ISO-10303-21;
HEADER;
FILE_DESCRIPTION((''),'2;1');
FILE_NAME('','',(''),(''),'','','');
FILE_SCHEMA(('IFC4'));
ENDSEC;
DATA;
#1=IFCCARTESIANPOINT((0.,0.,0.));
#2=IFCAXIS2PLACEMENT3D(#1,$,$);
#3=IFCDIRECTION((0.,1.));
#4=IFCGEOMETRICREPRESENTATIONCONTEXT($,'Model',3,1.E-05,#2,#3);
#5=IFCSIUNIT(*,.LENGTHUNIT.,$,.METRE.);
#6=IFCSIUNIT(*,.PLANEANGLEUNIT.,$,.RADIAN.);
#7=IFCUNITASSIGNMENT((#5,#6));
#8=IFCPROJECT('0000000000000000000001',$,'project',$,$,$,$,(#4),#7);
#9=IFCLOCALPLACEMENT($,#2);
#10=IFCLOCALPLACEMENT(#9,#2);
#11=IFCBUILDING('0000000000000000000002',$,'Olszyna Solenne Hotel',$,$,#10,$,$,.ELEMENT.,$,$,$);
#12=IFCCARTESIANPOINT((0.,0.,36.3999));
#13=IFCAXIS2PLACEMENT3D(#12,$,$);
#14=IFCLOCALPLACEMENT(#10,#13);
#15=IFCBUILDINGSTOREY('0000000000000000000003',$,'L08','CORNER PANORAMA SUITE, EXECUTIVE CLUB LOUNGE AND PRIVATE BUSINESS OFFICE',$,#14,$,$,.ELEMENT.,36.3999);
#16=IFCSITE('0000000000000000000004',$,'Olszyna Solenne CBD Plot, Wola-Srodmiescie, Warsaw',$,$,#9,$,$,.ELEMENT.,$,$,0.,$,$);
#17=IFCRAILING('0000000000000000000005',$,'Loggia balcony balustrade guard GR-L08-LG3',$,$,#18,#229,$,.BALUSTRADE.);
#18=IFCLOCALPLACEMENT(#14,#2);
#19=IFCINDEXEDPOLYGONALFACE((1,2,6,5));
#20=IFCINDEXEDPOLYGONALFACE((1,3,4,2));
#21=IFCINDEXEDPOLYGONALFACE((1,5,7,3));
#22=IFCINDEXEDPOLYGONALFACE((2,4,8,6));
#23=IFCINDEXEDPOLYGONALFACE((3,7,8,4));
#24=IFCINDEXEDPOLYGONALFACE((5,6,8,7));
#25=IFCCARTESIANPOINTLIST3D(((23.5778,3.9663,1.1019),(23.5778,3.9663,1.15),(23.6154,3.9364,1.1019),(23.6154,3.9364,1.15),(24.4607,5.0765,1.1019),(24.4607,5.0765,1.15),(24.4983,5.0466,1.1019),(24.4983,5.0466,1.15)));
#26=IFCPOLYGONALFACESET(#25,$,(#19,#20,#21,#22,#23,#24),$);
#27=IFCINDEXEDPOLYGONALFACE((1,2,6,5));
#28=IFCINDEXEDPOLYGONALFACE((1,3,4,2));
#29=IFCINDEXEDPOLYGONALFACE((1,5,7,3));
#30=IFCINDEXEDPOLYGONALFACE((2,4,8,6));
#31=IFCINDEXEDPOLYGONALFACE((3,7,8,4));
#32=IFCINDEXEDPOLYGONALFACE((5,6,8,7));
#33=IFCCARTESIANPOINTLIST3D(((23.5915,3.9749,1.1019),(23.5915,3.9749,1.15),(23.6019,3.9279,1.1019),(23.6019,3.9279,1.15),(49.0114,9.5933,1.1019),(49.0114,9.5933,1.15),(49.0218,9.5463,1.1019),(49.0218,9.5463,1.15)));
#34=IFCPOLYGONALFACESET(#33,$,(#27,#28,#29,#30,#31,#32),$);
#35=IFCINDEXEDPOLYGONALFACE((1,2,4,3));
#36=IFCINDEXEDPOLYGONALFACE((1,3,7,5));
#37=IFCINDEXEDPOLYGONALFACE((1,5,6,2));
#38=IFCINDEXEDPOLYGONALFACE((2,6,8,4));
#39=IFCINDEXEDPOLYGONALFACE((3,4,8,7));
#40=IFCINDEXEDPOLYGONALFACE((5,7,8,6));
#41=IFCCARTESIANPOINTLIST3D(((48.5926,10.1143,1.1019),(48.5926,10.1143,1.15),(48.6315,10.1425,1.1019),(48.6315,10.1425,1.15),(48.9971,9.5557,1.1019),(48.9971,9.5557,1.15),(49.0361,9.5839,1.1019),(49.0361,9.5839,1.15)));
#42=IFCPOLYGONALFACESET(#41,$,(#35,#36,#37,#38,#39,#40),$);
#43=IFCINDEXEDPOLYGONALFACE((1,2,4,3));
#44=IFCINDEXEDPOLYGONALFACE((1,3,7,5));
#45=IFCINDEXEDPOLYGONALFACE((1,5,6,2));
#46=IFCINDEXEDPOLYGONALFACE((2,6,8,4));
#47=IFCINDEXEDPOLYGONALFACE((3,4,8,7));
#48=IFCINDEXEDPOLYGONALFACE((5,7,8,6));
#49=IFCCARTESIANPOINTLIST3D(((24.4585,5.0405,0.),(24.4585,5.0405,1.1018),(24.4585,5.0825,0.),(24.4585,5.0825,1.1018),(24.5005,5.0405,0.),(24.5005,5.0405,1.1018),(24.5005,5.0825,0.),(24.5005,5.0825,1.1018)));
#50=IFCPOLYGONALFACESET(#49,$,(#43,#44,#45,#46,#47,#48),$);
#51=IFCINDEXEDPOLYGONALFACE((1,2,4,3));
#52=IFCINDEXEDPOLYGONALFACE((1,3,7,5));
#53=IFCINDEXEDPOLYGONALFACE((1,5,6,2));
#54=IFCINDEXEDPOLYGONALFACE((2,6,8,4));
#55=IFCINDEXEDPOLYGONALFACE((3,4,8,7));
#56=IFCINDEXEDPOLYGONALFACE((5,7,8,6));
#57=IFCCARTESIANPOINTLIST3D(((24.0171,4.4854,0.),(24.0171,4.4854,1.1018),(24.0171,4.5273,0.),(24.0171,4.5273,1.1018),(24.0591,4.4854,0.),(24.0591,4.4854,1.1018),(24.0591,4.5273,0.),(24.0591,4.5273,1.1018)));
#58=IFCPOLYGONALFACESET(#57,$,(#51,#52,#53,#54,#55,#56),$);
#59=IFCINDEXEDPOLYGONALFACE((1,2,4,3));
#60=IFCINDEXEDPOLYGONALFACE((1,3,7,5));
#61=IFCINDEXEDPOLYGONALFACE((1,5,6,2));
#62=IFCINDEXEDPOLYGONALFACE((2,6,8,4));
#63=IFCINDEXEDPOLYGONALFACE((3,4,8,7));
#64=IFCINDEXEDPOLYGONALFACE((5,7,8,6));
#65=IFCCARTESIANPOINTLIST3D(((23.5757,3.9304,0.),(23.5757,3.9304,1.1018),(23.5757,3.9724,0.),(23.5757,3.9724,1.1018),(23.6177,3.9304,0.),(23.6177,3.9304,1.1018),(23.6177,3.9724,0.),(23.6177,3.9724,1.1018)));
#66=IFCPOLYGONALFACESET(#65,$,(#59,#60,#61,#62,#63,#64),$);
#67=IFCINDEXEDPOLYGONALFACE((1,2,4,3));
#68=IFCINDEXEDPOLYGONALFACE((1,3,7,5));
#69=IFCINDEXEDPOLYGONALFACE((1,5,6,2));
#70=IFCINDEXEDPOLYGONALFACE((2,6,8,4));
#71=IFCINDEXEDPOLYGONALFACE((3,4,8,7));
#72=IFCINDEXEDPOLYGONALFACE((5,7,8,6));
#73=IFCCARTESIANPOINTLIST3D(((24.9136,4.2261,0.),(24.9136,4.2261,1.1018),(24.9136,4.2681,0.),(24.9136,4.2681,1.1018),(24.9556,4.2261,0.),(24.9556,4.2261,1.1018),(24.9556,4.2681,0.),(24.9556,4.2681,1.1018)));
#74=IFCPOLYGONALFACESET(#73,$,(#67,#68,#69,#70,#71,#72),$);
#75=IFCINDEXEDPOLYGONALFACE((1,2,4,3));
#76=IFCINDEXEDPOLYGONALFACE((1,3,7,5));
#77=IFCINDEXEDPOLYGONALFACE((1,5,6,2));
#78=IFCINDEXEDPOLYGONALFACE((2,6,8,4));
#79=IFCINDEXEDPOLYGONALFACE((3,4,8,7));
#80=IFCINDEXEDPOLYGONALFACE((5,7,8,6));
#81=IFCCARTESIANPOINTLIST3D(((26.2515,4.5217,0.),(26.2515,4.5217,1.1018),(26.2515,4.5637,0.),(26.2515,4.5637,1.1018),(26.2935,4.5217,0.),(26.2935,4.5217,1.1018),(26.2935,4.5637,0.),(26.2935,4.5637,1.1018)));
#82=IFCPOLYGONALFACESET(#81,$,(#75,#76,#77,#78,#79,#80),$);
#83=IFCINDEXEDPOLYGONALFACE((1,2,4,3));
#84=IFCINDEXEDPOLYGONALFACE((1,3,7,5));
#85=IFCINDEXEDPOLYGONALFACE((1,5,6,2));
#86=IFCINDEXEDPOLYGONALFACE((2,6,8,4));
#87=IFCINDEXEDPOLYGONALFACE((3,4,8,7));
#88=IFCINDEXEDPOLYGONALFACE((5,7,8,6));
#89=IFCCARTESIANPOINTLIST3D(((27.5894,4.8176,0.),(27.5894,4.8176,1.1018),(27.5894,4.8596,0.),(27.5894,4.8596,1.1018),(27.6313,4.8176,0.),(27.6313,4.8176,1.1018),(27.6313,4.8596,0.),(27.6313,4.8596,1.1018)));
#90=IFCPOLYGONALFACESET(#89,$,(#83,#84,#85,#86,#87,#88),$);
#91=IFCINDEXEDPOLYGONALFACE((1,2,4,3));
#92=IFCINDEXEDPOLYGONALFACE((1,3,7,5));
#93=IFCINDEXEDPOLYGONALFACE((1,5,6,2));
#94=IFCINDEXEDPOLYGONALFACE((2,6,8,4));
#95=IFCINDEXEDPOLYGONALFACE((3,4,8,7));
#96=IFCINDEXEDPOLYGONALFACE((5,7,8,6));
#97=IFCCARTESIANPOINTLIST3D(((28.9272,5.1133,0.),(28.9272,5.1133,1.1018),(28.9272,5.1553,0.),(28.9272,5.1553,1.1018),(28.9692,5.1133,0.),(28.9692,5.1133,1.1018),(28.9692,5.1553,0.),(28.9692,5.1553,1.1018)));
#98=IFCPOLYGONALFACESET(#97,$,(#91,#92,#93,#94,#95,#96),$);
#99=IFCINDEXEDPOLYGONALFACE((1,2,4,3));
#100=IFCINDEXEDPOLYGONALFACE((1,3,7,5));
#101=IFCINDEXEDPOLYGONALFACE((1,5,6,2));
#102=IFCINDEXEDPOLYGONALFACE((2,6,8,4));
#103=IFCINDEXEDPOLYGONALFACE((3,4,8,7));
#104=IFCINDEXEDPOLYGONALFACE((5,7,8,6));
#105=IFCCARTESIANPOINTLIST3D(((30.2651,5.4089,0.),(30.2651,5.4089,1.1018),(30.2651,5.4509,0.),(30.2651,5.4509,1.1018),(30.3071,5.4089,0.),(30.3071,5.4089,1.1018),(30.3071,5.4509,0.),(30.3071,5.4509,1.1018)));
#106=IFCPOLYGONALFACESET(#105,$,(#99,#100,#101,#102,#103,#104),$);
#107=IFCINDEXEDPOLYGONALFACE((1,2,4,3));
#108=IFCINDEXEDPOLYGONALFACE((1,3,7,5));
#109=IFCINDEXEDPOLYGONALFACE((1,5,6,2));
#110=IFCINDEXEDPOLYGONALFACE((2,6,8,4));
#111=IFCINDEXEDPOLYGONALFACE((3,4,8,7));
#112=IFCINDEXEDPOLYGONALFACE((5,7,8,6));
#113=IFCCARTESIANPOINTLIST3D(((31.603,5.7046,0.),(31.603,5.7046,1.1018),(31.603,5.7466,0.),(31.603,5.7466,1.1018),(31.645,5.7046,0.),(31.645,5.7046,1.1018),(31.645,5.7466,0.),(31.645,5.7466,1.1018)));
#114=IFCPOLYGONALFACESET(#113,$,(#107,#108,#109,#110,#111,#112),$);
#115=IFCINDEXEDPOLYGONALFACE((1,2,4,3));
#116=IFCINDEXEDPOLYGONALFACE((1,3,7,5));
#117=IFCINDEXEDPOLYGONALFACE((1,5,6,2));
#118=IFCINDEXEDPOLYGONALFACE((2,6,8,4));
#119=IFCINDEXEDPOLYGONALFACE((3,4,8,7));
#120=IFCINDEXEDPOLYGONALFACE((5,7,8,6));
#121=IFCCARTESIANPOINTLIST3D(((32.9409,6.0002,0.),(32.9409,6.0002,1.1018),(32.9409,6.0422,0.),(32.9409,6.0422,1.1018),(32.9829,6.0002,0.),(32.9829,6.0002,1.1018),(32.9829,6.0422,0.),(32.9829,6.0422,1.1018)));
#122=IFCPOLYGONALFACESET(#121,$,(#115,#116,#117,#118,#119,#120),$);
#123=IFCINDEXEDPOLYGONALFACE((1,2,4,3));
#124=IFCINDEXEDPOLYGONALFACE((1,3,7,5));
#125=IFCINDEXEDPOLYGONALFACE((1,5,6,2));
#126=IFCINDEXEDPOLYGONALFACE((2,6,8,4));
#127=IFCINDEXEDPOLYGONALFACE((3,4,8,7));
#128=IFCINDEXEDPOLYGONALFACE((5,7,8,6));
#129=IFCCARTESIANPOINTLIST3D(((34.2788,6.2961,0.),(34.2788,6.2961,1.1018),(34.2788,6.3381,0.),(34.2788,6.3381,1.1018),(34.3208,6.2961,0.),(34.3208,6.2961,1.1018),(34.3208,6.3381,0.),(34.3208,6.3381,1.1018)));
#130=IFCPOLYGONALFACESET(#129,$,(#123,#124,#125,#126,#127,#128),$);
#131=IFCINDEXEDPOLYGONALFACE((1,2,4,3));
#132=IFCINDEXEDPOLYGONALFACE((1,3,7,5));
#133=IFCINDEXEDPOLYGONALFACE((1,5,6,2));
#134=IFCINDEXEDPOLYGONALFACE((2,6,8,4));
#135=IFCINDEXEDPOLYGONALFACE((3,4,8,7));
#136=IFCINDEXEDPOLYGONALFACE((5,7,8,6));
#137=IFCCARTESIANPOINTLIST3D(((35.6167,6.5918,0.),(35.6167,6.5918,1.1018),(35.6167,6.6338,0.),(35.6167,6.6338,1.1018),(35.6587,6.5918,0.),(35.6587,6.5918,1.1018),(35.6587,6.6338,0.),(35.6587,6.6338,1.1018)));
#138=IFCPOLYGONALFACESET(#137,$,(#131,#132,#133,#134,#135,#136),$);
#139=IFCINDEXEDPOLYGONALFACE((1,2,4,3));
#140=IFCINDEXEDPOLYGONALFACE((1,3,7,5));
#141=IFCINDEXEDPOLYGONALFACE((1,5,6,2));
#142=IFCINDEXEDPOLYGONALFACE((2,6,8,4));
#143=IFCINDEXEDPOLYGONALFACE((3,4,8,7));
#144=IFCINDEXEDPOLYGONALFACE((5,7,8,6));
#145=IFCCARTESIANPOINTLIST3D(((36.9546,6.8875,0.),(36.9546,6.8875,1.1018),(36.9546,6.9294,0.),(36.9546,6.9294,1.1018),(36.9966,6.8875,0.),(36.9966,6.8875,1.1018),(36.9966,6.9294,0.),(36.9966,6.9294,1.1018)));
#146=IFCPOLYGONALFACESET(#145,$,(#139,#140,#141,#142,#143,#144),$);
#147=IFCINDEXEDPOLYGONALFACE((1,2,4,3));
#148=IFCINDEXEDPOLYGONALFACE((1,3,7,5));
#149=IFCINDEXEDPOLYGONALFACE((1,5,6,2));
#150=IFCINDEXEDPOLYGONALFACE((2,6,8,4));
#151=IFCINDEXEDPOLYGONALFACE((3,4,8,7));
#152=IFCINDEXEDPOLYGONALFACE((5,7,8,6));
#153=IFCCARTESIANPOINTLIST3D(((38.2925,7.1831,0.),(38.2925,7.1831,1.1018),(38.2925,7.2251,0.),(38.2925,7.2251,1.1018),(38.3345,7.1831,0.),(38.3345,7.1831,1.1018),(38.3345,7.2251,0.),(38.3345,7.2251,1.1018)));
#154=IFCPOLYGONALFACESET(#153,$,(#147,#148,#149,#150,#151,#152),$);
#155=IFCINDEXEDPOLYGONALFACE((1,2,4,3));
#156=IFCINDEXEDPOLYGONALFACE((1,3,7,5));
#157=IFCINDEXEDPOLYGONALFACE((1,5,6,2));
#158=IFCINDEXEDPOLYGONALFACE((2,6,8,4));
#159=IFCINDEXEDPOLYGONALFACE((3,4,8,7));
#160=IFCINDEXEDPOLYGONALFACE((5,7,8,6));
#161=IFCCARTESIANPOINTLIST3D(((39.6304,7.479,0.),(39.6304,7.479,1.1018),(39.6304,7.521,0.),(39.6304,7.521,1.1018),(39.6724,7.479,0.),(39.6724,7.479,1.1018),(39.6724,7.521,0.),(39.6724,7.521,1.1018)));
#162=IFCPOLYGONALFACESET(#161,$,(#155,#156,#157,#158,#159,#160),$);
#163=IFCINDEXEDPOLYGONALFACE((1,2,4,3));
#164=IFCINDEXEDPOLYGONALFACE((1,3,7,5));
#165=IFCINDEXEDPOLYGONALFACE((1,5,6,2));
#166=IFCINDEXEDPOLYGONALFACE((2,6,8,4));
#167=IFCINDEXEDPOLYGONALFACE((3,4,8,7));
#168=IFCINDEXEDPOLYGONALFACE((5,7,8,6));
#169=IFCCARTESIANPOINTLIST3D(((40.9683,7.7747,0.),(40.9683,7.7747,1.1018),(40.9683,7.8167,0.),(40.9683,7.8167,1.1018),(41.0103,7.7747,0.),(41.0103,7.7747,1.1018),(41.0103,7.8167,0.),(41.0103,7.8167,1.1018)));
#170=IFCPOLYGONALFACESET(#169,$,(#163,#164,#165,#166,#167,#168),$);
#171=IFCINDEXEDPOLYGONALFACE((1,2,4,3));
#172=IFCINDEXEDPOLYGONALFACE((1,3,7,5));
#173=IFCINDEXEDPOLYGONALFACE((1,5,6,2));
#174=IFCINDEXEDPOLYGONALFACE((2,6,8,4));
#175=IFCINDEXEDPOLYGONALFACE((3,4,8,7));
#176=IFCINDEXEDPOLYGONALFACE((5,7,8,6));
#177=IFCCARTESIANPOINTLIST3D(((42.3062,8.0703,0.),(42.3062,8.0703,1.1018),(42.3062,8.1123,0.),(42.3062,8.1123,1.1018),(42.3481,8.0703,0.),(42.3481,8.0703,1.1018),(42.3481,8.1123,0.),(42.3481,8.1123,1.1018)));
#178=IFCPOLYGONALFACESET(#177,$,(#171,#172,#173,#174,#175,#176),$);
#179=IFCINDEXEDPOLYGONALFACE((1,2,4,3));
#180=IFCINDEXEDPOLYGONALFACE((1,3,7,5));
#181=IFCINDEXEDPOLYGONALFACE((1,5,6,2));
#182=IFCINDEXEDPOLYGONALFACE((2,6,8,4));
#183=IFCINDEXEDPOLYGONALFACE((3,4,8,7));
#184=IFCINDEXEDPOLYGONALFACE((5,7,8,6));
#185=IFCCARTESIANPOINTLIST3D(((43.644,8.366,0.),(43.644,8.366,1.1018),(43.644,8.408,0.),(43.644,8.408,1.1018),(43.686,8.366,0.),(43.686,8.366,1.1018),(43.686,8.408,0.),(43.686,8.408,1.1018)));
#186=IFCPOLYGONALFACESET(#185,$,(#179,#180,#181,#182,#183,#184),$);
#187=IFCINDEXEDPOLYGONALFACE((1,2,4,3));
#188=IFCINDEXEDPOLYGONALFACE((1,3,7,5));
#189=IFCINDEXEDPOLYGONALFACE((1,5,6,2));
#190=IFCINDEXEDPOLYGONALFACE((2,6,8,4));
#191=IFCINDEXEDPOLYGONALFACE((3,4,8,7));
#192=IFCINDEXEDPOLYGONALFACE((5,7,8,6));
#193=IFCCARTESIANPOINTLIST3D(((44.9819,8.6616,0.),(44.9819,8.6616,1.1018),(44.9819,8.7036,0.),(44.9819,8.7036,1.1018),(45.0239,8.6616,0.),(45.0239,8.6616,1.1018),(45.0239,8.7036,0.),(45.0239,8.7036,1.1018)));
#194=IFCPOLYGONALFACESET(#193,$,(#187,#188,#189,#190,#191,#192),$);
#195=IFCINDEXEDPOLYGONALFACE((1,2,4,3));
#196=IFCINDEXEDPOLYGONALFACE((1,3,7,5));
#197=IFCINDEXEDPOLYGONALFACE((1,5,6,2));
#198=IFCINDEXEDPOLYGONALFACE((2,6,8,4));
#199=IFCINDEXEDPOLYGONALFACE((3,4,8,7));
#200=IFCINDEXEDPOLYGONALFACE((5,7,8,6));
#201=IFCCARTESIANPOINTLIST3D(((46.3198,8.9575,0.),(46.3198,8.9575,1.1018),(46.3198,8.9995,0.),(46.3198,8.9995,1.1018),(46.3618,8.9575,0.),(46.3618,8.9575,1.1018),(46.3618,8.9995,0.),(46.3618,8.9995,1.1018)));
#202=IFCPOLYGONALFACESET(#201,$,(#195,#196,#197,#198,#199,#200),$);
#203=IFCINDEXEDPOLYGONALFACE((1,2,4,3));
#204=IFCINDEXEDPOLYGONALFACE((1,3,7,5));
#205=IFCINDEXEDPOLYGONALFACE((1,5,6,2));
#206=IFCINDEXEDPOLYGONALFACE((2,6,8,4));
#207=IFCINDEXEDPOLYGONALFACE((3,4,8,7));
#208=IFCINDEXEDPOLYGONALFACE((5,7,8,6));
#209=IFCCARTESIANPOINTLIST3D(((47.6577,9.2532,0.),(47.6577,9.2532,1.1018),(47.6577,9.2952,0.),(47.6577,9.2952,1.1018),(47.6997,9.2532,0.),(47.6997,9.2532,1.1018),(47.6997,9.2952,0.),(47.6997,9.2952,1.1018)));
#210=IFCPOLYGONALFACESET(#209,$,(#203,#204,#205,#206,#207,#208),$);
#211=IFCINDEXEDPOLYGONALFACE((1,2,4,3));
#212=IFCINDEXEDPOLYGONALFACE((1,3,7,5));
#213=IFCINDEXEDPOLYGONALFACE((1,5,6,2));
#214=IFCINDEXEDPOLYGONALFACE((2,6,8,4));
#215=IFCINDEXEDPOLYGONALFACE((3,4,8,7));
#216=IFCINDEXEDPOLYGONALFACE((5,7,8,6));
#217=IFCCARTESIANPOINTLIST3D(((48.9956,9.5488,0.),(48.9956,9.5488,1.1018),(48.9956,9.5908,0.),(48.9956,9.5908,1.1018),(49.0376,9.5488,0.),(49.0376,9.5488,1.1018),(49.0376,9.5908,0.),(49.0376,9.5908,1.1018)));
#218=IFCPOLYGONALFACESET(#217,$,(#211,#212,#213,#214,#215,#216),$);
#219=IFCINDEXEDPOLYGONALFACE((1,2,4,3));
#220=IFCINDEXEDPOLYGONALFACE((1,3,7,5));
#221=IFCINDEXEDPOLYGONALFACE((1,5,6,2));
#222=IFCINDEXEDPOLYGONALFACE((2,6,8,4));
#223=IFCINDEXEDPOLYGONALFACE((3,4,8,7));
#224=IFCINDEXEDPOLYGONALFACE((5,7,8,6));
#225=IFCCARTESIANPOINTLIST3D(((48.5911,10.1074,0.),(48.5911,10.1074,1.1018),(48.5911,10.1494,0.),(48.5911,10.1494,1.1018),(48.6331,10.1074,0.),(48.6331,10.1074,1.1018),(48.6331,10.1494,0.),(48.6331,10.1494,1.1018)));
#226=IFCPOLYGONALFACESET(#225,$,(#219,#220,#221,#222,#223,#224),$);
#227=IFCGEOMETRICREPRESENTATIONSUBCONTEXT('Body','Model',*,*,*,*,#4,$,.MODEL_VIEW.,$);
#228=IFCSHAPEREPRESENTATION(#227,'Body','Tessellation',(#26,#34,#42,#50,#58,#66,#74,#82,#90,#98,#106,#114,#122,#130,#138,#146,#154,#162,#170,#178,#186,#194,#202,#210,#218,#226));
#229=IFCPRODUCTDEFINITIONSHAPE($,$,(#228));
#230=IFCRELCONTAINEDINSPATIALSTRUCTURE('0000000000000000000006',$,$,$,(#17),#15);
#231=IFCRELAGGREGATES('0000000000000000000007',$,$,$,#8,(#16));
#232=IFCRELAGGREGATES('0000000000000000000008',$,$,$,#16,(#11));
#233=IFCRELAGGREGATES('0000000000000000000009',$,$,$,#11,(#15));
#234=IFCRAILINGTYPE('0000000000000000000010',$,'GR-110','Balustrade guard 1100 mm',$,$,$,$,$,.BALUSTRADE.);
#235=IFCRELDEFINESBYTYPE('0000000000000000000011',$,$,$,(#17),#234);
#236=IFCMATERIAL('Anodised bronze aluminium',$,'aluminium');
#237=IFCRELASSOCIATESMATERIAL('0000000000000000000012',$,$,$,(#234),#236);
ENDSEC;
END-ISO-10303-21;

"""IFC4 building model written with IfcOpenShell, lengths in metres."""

from ifc_helpers import new_model, si_unit, direction, frame, origin, origin_2d, place, context, subcontext, project, spatial, rectangle, extrude, material, type_object, element, save


model = new_model("IFC4")

# Units and contexts
model_context = context("Model", 3, precision=1e-05, world=origin(), true_north=direction((0.0, 1.0)))
body_context = subcontext(model_context, "Body", "Model", "MODEL_VIEW")
ifc_project = project(units=[si_unit("LENGTHUNIT", "METRE"), si_unit("PLANEANGLEUNIT", "RADIAN")], contexts=[model_context])

# Site, building, storey
site_placement = place(None, origin())
site = spatial("IfcSite", under=ifc_project, at=site_placement, Name="Olszyna Solenne CBD Plot, Wola-Srodmiescie, Warsaw", CompositionType="ELEMENT", RefElevation=0.0)
building_placement = place(site_placement, origin())
building = spatial("IfcBuilding", under=site, at=building_placement, Name="Olszyna Solenne Hotel", CompositionType="ELEMENT")
storey_placement = place(building_placement, frame((0.0, 0.0, 36.3999)))
storey = spatial("IfcBuildingStorey", under=building, at=storey_placement, Name="L08", Description="CORNER PANORAMA SUITE, EXECUTIVE CLUB LOUNGE AND PRIVATE BUSINESS OFFICE", CompositionType="ELEMENT", Elevation=36.3999)

# Shared definitions
ifc_material_1 = material(Name="Anodised bronze aluminium", Category="aluminium")

# Railing
railing_type_1 = type_object("IfcRailingType", Name="GR-110", Description="Balustrade guard 1100 mm", PredefinedType="BALUSTRADE", material=ifc_material_1)
railing_1_placement = place(storey_placement, frame((24.4795, 5.0615, 0.0)))
element("IfcRailing", 1, at=railing_1_placement, inside=storey, type_object=railing_type_1, Name="Loggia balcony balustrade guard GR-L08-LG3", PredefinedType="BALUSTRADE", context=body_context, shape_type="SweptSolid", body=[
    extrude(rectangle(XDim=0.0481, YDim=0.0481, at=origin_2d()), frame((0.0, 0.0, 1.126), z_axis=(-0.622425, -0.782679, 0.0), x_axis=(0.782679, -0.622425, 0.0)), (0.0, 0.0, 1.0), 1.4185),
    extrude(rectangle(XDim=0.0481, YDim=0.0481, at=origin_2d()), frame((-0.8828, -1.1101, 1.126), z_axis=(0.976434, 0.215815, 0.0), x_axis=(-0.215815, 0.976434, 0.0)), (0.0, 0.0, 1.0), 26.0334),
    extrude(rectangle(XDim=0.0481, YDim=0.0481, at=origin_2d()), frame((24.5371, 4.5083, 1.126), z_axis=(-0.58655, 0.809913, 0.0), x_axis=(-0.809913, -0.58655, 0.0)), (0.0, 0.0, 1.0), 0.6897),
    extrude(rectangle(XDim=0.042, YDim=0.042, at=origin_2d()), origin(), (0.0, 0.0, 1.0), 1.1018),
    extrude(rectangle(XDim=0.042, YDim=0.042, at=origin_2d()), frame((-0.4414, -0.5552, 0.0)), (0.0, 0.0, 1.0), 1.1018),
    extrude(rectangle(XDim=0.042, YDim=0.042, at=origin_2d()), frame((-0.8828, -1.1101, 0.0)), (0.0, 0.0, 1.0), 1.1018),
    extrude(rectangle(XDim=0.042, YDim=0.042, at=origin_2d()), frame((0.4551, -0.8145, 0.0)), (0.0, 0.0, 1.0), 1.1018),
    extrude(rectangle(XDim=0.042, YDim=0.042, at=origin_2d()), frame((1.793, -0.5188, 0.0)), (0.0, 0.0, 1.0), 1.1018),
    extrude(rectangle(XDim=0.042, YDim=0.042, at=origin_2d()), frame((3.1309, -0.2229, 0.0)), (0.0, 0.0, 1.0), 1.1018),
    extrude(rectangle(XDim=0.042, YDim=0.042, at=origin_2d()), frame((4.4688, 0.0728, 0.0)), (0.0, 0.0, 1.0), 1.1018),
    extrude(rectangle(XDim=0.042, YDim=0.042, at=origin_2d()), frame((5.8066, 0.3684, 0.0)), (0.0, 0.0, 1.0), 1.1018),
    extrude(rectangle(XDim=0.042, YDim=0.042, at=origin_2d()), frame((7.1445, 0.6641, 0.0)), (0.0, 0.0, 1.0), 1.1018),
    extrude(rectangle(XDim=0.042, YDim=0.042, at=origin_2d()), frame((8.4824, 0.9597, 0.0)), (0.0, 0.0, 1.0), 1.1018),
    extrude(rectangle(XDim=0.042, YDim=0.042, at=origin_2d()), frame((9.8203, 1.2556, 0.0)), (0.0, 0.0, 1.0), 1.1018),
    extrude(rectangle(XDim=0.042, YDim=0.042, at=origin_2d()), frame((11.1582, 1.5513, 0.0)), (0.0, 0.0, 1.0), 1.1018),
    extrude(rectangle(XDim=0.042, YDim=0.042, at=origin_2d()), frame((12.4961, 1.8469, 0.0)), (0.0, 0.0, 1.0), 1.1018),
    extrude(rectangle(XDim=0.042, YDim=0.042, at=origin_2d()), frame((13.834, 2.1426, 0.0)), (0.0, 0.0, 1.0), 1.1018),
    extrude(rectangle(XDim=0.042, YDim=0.042, at=origin_2d()), frame((15.1719, 2.4385, 0.0)), (0.0, 0.0, 1.0), 1.1018),
    extrude(rectangle(XDim=0.042, YDim=0.042, at=origin_2d()), frame((16.5098, 2.7341, 0.0)), (0.0, 0.0, 1.0), 1.1018),
    extrude(rectangle(XDim=0.042, YDim=0.042, at=origin_2d()), frame((17.8477, 3.0298, 0.0)), (0.0, 0.0, 1.0), 1.1018),
    extrude(rectangle(XDim=0.042, YDim=0.042, at=origin_2d()), frame((19.1855, 3.3254, 0.0)), (0.0, 0.0, 1.0), 1.1018),
    extrude(rectangle(XDim=0.042, YDim=0.042, at=origin_2d()), frame((20.5234, 3.6211, 0.0)), (0.0, 0.0, 1.0), 1.1018),
    extrude(rectangle(XDim=0.042, YDim=0.042, at=origin_2d()), frame((21.8613, 3.917, 0.0)), (0.0, 0.0, 1.0), 1.1018),
    extrude(rectangle(XDim=0.042, YDim=0.042, at=origin_2d()), frame((23.1992, 4.2126, 0.0)), (0.0, 0.0, 1.0), 1.1018),
    extrude(rectangle(XDim=0.042, YDim=0.042, at=origin_2d()), frame((24.5371, 4.5083, 0.0)), (0.0, 0.0, 1.0), 1.1018),
    extrude(rectangle(XDim=0.042, YDim=0.042, at=origin_2d()), frame((24.1326, 5.0669, 0.0)), (0.0, 0.0, 1.0), 1.1018),
])

save(model, "model.ifc")
